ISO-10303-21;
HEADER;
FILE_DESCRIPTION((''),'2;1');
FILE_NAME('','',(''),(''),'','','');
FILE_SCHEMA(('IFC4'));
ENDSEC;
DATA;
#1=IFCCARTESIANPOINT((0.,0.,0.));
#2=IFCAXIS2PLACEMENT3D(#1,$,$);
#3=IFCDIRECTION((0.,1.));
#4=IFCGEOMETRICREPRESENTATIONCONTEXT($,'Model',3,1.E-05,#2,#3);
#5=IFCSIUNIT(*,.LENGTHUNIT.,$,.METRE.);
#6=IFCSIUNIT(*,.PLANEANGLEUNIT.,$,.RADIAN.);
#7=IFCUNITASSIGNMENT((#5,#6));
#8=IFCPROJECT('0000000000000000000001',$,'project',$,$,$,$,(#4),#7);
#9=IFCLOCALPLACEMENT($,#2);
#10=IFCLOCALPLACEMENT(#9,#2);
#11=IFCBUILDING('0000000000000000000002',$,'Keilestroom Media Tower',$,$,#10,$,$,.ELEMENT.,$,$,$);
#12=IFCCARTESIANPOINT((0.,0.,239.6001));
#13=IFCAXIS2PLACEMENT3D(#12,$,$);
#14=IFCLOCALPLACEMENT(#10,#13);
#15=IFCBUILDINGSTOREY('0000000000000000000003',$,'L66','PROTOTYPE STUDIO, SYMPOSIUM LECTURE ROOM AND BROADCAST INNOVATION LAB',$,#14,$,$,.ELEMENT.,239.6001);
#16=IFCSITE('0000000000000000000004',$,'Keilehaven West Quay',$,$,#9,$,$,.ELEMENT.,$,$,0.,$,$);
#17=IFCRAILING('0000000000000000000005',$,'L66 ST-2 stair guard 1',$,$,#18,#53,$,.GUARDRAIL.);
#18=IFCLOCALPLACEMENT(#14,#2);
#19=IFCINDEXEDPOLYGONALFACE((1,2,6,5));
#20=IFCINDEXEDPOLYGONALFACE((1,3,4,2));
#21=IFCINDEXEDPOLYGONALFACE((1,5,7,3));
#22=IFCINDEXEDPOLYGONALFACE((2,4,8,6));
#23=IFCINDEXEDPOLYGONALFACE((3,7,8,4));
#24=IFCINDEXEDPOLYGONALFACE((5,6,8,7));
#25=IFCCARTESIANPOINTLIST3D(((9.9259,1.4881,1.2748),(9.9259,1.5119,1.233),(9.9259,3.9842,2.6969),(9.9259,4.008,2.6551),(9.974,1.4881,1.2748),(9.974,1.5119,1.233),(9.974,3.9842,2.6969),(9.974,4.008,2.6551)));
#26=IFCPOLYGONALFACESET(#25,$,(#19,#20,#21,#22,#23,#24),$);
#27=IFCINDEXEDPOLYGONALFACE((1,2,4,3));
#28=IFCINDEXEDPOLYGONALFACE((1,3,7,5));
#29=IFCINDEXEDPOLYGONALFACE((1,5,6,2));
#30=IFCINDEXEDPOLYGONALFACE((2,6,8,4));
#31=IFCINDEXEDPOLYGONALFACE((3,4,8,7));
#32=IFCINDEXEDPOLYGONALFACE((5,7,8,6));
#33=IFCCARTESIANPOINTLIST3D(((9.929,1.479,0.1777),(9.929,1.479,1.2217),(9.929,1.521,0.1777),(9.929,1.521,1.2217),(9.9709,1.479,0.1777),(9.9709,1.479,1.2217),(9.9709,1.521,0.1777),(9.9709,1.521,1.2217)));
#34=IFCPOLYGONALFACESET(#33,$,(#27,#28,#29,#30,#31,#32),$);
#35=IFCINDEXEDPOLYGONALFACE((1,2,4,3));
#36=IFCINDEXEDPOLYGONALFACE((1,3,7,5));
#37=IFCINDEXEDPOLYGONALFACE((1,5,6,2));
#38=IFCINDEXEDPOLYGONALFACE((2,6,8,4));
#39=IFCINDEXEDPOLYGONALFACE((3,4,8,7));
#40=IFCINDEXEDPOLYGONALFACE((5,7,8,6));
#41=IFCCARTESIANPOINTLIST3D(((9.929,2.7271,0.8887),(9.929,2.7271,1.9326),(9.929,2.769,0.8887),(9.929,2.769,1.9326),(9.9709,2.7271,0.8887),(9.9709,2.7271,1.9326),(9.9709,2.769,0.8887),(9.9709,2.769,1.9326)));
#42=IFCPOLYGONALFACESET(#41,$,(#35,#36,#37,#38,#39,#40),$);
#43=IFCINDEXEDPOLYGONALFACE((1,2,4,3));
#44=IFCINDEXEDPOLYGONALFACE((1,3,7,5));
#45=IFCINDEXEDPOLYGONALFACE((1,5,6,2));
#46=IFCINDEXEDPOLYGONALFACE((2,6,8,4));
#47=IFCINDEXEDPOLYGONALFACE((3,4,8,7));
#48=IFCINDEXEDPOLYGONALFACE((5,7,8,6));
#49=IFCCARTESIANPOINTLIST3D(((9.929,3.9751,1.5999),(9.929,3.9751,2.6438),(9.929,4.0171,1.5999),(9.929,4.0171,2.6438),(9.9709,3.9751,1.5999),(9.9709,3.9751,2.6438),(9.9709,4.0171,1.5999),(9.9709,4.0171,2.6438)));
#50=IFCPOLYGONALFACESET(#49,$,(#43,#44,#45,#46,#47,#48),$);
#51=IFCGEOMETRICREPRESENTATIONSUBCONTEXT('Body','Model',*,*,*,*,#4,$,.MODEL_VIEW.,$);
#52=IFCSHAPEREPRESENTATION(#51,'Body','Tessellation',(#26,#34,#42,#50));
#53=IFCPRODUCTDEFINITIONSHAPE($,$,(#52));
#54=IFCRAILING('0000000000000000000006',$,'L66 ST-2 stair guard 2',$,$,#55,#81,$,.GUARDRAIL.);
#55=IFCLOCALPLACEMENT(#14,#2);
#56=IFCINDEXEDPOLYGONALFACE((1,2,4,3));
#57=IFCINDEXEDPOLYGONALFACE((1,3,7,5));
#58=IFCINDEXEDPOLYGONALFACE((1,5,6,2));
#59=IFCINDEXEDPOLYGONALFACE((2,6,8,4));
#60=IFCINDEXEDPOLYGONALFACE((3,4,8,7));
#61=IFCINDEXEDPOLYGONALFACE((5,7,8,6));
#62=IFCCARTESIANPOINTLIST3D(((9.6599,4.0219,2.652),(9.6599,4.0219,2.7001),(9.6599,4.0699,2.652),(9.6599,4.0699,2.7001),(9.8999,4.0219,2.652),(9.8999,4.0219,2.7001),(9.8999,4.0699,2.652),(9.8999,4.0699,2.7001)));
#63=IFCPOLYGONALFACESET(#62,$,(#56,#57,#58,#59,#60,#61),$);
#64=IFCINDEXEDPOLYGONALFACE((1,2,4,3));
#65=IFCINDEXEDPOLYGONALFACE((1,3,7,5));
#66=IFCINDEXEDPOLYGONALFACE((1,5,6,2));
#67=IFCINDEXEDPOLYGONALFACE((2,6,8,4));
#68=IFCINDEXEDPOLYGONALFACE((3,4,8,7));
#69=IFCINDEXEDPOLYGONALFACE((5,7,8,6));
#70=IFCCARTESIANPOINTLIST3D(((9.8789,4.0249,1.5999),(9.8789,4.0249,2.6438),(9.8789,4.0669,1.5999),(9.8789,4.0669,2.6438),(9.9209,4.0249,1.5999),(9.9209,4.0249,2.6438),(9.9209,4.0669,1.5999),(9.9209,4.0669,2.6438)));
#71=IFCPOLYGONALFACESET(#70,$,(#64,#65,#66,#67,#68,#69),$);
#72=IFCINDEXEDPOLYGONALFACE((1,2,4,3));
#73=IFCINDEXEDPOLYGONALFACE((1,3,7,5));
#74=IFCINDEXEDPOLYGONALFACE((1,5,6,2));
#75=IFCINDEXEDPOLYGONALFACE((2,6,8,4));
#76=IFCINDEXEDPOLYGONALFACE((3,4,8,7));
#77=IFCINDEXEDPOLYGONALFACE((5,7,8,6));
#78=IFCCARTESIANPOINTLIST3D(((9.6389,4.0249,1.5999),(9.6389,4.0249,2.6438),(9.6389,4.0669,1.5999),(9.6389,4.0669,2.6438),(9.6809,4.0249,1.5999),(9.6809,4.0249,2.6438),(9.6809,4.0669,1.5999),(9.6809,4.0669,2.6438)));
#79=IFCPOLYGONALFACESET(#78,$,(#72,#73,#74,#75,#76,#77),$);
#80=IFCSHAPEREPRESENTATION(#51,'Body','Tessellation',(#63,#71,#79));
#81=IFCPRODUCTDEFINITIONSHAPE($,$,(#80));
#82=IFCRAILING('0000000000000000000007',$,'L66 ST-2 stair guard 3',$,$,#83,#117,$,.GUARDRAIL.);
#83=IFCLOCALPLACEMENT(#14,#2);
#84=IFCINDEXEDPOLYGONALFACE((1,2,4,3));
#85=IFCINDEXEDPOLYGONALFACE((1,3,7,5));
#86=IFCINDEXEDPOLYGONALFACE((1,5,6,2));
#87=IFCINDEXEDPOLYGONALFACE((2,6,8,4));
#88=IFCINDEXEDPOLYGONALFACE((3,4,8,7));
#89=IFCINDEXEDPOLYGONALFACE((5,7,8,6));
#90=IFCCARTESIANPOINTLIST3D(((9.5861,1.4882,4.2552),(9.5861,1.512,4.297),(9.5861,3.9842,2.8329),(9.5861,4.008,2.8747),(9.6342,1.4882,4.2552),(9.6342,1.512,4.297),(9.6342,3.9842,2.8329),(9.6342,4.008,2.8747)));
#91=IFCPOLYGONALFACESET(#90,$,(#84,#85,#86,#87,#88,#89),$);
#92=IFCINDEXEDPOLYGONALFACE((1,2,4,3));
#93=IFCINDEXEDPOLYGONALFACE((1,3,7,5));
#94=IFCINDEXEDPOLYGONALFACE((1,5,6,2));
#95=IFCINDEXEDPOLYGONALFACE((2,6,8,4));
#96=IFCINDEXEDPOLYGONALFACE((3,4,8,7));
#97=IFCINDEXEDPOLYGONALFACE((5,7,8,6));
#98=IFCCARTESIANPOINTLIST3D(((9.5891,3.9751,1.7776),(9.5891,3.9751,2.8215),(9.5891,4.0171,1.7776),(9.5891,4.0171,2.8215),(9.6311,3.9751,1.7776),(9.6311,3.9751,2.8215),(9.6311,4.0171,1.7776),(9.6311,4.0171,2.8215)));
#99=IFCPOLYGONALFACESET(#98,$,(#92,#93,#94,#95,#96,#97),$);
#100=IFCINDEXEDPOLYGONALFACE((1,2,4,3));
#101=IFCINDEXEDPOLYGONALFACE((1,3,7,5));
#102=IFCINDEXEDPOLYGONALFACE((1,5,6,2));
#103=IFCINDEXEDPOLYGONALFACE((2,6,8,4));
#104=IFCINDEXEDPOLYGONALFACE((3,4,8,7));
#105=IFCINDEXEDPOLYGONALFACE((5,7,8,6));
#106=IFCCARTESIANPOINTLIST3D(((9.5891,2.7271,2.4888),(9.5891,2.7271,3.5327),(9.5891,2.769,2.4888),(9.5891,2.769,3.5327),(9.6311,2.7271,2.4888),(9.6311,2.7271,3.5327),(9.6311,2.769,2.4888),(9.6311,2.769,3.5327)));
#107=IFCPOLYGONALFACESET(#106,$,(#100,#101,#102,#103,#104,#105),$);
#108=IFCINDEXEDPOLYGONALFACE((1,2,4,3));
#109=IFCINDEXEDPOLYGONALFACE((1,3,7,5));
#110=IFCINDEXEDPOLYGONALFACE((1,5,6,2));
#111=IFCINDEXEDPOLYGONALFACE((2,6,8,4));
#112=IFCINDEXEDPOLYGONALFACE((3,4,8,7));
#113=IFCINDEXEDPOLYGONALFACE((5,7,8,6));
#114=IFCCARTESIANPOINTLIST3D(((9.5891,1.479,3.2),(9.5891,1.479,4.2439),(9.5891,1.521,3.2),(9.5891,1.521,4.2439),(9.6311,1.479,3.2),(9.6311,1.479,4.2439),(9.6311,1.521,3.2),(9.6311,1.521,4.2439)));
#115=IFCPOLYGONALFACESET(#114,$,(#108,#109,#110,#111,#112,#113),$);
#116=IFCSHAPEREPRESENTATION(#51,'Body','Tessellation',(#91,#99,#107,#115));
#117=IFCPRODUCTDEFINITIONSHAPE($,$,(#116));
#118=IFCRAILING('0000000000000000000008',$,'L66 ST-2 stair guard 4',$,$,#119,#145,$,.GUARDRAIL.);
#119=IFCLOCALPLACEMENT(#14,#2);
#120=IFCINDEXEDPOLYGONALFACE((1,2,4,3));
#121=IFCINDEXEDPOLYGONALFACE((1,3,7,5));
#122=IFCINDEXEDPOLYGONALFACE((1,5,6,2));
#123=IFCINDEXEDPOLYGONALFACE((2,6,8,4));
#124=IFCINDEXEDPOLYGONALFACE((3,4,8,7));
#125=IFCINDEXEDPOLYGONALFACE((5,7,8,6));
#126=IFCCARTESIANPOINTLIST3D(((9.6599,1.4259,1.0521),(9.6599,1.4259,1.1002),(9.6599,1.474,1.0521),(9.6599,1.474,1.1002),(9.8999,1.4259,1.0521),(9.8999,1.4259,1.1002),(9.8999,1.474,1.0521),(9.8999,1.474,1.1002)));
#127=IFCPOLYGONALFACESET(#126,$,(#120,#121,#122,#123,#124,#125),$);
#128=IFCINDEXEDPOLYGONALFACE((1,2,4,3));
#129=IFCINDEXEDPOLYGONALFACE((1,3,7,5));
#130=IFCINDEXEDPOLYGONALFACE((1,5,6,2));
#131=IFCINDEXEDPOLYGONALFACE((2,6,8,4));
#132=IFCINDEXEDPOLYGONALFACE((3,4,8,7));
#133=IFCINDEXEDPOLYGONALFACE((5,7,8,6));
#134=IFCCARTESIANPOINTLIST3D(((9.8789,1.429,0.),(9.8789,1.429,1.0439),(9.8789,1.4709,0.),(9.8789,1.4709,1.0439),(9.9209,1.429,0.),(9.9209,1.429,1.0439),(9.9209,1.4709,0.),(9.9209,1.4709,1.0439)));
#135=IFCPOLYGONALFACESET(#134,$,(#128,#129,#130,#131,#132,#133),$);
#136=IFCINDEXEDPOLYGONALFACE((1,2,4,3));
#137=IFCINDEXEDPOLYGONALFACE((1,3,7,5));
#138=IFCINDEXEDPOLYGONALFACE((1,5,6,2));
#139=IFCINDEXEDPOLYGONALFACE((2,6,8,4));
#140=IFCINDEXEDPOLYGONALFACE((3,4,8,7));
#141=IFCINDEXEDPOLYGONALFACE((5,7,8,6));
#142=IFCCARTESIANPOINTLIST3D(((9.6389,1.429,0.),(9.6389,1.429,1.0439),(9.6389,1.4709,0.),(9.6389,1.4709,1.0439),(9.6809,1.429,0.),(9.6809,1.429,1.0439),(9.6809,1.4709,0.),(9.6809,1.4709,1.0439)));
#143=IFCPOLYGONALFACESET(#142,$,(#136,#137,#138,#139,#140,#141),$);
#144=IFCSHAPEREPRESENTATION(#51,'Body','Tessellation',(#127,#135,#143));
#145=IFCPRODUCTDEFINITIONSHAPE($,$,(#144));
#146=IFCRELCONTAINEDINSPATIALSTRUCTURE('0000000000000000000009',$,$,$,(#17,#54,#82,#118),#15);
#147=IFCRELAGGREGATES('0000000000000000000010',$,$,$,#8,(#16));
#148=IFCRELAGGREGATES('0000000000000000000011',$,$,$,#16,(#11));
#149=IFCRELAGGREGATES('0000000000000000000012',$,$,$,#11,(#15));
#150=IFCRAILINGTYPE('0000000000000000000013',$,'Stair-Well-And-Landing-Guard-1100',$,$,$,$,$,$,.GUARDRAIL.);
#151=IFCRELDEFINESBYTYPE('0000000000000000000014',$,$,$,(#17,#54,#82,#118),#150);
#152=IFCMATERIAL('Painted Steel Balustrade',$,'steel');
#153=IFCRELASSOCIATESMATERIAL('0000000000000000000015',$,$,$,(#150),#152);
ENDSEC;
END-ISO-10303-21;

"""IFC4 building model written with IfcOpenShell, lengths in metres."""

from ifc_helpers import new_model, si_unit, direction, frame, origin, origin_2d, place, context, subcontext, project, spatial, rectangle, extrude, material, type_object, element, save


model = new_model("IFC4")

# Units and contexts
model_context = context("Model", 3, precision=1e-05, world=origin(), true_north=direction((0.0, 1.0)))
body_context = subcontext(model_context, "Body", "Model", "MODEL_VIEW")
ifc_project = project(units=[si_unit("LENGTHUNIT", "METRE"), si_unit("PLANEANGLEUNIT", "RADIAN")], contexts=[model_context])

# Site, building, storey
site_placement = place(None, origin())
site = spatial("IfcSite", under=ifc_project, at=site_placement, Name="Keilehaven West Quay", CompositionType="ELEMENT", RefElevation=0.0)
building_placement = place(site_placement, origin())
building = spatial("IfcBuilding", under=site, at=building_placement, Name="Keilestroom Media Tower", CompositionType="ELEMENT")
storey_placement = place(building_placement, frame((0.0, 0.0, 239.6001)))
storey = spatial("IfcBuildingStorey", under=building, at=storey_placement, Name="L66", Description="PROTOTYPE STUDIO, SYMPOSIUM LECTURE ROOM AND BROADCAST INNOVATION LAB", CompositionType="ELEMENT", Elevation=239.6001)

# Railings
ifc_material_1 = material(Name="Painted Steel Balustrade", Category="steel")
railing_type_1 = type_object("IfcRailingType", Name="Stair-Well-And-Landing-Guard-1100", PredefinedType="GUARDRAIL", material=ifc_material_1)
railing_1_placement = place(storey_placement, frame((9.95, 1.5, 0.1777)))
element("IfcRailing", 1, at=railing_1_placement, inside=storey, type_object=railing_type_1, Name="L66 ST-2 stair guard 1", PredefinedType="GUARDRAIL", context=body_context, shape_type="SweptSolid", body=[
    extrude(rectangle(XDim=0.0481, YDim=0.0481, at=origin_2d()), frame((0.0, 0.0, 1.0762), z_axis=(0.0, 0.868875, 0.495031), x_axis=(-1.0, 0.0, 0.0)), (0.0, 0.0, 1.0), 2.8728),
    extrude(rectangle(XDim=0.042, YDim=0.042, at=origin_2d()), origin(), (0.0, 0.0, 1.0), 1.0439),
    extrude(rectangle(XDim=0.042, YDim=0.042, at=origin_2d()), frame((0.0, 1.248, 0.7109)), (0.0, 0.0, 1.0), 1.0439),
    extrude(rectangle(XDim=0.042, YDim=0.042, at=origin_2d()), frame((0.0, 2.4961, 1.4221)), (0.0, 0.0, 1.0), 1.0439),
])
railing_2_placement = place(storey_placement, frame((9.8999, 4.0459, 1.5999)))
element("IfcRailing", 2, at=railing_2_placement, inside=storey, type_object=railing_type_1, Name="L66 ST-2 stair guard 2", PredefinedType="GUARDRAIL", context=body_context, shape_type="SweptSolid", body=[
    extrude(rectangle(XDim=0.0481, YDim=0.0481, at=origin_2d()), frame((0.0, 0.0, 1.0762), z_axis=(-1.0, 0.0, 0.0), x_axis=(0.0, -1.0, 0.0)), (0.0, 0.0, 1.0), 0.24),
    extrude(rectangle(XDim=0.042, YDim=0.042, at=origin_2d()), origin(), (0.0, 0.0, 1.0), 1.0439),
    extrude(rectangle(XDim=0.042, YDim=0.042, at=origin_2d()), frame((-0.24, 0.0, 0.0)), (0.0, 0.0, 1.0), 1.0439),
])
railing_3_placement = place(storey_placement, frame((9.6101, 3.9961, 1.7776)))
element("IfcRailing", 3, at=railing_3_placement, inside=storey, type_object=railing_type_1, Name="L66 ST-2 stair guard 3", PredefinedType="GUARDRAIL", context=body_context, shape_type="SweptSolid", body=[
    extrude(rectangle(XDim=0.0481, YDim=0.0481, at=origin_2d()), frame((0.0, 0.0, 1.0762), z_axis=(0.0, -0.868839, 0.495095), x_axis=(1.0, 0.0, 0.0)), (0.0, 0.0, 1.0), 2.8728),
    extrude(rectangle(XDim=0.042, YDim=0.042, at=origin_2d()), origin(), (0.0, 0.0, 1.0), 1.0439),
    extrude(rectangle(XDim=0.042, YDim=0.042, at=origin_2d()), frame((0.0, -1.248, 0.7112)), (0.0, 0.0, 1.0), 1.0439),
    extrude(rectangle(XDim=0.042, YDim=0.042, at=origin_2d()), frame((0.0, -2.4961, 1.4224)), (0.0, 0.0, 1.0), 1.0439),
])
railing_4_placement = place(storey_placement, frame((9.8999, 1.45, 0.0)))
element("IfcRailing", 4, at=railing_4_placement, inside=storey, type_object=railing_type_1, Name="L66 ST-2 stair guard 4", PredefinedType="GUARDRAIL", context=body_context, shape_type="SweptSolid", body=[
    extrude(rectangle(XDim=0.0481, YDim=0.0481, at=origin_2d()), frame((0.0, 0.0, 1.0762), z_axis=(-1.0, 0.0, 0.0), x_axis=(0.0, -1.0, 0.0)), (0.0, 0.0, 1.0), 0.24),
    extrude(rectangle(XDim=0.042, YDim=0.042, at=origin_2d()), origin(), (0.0, 0.0, 1.0), 1.0439),
    extrude(rectangle(XDim=0.042, YDim=0.042, at=origin_2d()), frame((-0.24, 0.0, 0.0)), (0.0, 0.0, 1.0), 1.0439),
])

save(model, "model.ifc")
